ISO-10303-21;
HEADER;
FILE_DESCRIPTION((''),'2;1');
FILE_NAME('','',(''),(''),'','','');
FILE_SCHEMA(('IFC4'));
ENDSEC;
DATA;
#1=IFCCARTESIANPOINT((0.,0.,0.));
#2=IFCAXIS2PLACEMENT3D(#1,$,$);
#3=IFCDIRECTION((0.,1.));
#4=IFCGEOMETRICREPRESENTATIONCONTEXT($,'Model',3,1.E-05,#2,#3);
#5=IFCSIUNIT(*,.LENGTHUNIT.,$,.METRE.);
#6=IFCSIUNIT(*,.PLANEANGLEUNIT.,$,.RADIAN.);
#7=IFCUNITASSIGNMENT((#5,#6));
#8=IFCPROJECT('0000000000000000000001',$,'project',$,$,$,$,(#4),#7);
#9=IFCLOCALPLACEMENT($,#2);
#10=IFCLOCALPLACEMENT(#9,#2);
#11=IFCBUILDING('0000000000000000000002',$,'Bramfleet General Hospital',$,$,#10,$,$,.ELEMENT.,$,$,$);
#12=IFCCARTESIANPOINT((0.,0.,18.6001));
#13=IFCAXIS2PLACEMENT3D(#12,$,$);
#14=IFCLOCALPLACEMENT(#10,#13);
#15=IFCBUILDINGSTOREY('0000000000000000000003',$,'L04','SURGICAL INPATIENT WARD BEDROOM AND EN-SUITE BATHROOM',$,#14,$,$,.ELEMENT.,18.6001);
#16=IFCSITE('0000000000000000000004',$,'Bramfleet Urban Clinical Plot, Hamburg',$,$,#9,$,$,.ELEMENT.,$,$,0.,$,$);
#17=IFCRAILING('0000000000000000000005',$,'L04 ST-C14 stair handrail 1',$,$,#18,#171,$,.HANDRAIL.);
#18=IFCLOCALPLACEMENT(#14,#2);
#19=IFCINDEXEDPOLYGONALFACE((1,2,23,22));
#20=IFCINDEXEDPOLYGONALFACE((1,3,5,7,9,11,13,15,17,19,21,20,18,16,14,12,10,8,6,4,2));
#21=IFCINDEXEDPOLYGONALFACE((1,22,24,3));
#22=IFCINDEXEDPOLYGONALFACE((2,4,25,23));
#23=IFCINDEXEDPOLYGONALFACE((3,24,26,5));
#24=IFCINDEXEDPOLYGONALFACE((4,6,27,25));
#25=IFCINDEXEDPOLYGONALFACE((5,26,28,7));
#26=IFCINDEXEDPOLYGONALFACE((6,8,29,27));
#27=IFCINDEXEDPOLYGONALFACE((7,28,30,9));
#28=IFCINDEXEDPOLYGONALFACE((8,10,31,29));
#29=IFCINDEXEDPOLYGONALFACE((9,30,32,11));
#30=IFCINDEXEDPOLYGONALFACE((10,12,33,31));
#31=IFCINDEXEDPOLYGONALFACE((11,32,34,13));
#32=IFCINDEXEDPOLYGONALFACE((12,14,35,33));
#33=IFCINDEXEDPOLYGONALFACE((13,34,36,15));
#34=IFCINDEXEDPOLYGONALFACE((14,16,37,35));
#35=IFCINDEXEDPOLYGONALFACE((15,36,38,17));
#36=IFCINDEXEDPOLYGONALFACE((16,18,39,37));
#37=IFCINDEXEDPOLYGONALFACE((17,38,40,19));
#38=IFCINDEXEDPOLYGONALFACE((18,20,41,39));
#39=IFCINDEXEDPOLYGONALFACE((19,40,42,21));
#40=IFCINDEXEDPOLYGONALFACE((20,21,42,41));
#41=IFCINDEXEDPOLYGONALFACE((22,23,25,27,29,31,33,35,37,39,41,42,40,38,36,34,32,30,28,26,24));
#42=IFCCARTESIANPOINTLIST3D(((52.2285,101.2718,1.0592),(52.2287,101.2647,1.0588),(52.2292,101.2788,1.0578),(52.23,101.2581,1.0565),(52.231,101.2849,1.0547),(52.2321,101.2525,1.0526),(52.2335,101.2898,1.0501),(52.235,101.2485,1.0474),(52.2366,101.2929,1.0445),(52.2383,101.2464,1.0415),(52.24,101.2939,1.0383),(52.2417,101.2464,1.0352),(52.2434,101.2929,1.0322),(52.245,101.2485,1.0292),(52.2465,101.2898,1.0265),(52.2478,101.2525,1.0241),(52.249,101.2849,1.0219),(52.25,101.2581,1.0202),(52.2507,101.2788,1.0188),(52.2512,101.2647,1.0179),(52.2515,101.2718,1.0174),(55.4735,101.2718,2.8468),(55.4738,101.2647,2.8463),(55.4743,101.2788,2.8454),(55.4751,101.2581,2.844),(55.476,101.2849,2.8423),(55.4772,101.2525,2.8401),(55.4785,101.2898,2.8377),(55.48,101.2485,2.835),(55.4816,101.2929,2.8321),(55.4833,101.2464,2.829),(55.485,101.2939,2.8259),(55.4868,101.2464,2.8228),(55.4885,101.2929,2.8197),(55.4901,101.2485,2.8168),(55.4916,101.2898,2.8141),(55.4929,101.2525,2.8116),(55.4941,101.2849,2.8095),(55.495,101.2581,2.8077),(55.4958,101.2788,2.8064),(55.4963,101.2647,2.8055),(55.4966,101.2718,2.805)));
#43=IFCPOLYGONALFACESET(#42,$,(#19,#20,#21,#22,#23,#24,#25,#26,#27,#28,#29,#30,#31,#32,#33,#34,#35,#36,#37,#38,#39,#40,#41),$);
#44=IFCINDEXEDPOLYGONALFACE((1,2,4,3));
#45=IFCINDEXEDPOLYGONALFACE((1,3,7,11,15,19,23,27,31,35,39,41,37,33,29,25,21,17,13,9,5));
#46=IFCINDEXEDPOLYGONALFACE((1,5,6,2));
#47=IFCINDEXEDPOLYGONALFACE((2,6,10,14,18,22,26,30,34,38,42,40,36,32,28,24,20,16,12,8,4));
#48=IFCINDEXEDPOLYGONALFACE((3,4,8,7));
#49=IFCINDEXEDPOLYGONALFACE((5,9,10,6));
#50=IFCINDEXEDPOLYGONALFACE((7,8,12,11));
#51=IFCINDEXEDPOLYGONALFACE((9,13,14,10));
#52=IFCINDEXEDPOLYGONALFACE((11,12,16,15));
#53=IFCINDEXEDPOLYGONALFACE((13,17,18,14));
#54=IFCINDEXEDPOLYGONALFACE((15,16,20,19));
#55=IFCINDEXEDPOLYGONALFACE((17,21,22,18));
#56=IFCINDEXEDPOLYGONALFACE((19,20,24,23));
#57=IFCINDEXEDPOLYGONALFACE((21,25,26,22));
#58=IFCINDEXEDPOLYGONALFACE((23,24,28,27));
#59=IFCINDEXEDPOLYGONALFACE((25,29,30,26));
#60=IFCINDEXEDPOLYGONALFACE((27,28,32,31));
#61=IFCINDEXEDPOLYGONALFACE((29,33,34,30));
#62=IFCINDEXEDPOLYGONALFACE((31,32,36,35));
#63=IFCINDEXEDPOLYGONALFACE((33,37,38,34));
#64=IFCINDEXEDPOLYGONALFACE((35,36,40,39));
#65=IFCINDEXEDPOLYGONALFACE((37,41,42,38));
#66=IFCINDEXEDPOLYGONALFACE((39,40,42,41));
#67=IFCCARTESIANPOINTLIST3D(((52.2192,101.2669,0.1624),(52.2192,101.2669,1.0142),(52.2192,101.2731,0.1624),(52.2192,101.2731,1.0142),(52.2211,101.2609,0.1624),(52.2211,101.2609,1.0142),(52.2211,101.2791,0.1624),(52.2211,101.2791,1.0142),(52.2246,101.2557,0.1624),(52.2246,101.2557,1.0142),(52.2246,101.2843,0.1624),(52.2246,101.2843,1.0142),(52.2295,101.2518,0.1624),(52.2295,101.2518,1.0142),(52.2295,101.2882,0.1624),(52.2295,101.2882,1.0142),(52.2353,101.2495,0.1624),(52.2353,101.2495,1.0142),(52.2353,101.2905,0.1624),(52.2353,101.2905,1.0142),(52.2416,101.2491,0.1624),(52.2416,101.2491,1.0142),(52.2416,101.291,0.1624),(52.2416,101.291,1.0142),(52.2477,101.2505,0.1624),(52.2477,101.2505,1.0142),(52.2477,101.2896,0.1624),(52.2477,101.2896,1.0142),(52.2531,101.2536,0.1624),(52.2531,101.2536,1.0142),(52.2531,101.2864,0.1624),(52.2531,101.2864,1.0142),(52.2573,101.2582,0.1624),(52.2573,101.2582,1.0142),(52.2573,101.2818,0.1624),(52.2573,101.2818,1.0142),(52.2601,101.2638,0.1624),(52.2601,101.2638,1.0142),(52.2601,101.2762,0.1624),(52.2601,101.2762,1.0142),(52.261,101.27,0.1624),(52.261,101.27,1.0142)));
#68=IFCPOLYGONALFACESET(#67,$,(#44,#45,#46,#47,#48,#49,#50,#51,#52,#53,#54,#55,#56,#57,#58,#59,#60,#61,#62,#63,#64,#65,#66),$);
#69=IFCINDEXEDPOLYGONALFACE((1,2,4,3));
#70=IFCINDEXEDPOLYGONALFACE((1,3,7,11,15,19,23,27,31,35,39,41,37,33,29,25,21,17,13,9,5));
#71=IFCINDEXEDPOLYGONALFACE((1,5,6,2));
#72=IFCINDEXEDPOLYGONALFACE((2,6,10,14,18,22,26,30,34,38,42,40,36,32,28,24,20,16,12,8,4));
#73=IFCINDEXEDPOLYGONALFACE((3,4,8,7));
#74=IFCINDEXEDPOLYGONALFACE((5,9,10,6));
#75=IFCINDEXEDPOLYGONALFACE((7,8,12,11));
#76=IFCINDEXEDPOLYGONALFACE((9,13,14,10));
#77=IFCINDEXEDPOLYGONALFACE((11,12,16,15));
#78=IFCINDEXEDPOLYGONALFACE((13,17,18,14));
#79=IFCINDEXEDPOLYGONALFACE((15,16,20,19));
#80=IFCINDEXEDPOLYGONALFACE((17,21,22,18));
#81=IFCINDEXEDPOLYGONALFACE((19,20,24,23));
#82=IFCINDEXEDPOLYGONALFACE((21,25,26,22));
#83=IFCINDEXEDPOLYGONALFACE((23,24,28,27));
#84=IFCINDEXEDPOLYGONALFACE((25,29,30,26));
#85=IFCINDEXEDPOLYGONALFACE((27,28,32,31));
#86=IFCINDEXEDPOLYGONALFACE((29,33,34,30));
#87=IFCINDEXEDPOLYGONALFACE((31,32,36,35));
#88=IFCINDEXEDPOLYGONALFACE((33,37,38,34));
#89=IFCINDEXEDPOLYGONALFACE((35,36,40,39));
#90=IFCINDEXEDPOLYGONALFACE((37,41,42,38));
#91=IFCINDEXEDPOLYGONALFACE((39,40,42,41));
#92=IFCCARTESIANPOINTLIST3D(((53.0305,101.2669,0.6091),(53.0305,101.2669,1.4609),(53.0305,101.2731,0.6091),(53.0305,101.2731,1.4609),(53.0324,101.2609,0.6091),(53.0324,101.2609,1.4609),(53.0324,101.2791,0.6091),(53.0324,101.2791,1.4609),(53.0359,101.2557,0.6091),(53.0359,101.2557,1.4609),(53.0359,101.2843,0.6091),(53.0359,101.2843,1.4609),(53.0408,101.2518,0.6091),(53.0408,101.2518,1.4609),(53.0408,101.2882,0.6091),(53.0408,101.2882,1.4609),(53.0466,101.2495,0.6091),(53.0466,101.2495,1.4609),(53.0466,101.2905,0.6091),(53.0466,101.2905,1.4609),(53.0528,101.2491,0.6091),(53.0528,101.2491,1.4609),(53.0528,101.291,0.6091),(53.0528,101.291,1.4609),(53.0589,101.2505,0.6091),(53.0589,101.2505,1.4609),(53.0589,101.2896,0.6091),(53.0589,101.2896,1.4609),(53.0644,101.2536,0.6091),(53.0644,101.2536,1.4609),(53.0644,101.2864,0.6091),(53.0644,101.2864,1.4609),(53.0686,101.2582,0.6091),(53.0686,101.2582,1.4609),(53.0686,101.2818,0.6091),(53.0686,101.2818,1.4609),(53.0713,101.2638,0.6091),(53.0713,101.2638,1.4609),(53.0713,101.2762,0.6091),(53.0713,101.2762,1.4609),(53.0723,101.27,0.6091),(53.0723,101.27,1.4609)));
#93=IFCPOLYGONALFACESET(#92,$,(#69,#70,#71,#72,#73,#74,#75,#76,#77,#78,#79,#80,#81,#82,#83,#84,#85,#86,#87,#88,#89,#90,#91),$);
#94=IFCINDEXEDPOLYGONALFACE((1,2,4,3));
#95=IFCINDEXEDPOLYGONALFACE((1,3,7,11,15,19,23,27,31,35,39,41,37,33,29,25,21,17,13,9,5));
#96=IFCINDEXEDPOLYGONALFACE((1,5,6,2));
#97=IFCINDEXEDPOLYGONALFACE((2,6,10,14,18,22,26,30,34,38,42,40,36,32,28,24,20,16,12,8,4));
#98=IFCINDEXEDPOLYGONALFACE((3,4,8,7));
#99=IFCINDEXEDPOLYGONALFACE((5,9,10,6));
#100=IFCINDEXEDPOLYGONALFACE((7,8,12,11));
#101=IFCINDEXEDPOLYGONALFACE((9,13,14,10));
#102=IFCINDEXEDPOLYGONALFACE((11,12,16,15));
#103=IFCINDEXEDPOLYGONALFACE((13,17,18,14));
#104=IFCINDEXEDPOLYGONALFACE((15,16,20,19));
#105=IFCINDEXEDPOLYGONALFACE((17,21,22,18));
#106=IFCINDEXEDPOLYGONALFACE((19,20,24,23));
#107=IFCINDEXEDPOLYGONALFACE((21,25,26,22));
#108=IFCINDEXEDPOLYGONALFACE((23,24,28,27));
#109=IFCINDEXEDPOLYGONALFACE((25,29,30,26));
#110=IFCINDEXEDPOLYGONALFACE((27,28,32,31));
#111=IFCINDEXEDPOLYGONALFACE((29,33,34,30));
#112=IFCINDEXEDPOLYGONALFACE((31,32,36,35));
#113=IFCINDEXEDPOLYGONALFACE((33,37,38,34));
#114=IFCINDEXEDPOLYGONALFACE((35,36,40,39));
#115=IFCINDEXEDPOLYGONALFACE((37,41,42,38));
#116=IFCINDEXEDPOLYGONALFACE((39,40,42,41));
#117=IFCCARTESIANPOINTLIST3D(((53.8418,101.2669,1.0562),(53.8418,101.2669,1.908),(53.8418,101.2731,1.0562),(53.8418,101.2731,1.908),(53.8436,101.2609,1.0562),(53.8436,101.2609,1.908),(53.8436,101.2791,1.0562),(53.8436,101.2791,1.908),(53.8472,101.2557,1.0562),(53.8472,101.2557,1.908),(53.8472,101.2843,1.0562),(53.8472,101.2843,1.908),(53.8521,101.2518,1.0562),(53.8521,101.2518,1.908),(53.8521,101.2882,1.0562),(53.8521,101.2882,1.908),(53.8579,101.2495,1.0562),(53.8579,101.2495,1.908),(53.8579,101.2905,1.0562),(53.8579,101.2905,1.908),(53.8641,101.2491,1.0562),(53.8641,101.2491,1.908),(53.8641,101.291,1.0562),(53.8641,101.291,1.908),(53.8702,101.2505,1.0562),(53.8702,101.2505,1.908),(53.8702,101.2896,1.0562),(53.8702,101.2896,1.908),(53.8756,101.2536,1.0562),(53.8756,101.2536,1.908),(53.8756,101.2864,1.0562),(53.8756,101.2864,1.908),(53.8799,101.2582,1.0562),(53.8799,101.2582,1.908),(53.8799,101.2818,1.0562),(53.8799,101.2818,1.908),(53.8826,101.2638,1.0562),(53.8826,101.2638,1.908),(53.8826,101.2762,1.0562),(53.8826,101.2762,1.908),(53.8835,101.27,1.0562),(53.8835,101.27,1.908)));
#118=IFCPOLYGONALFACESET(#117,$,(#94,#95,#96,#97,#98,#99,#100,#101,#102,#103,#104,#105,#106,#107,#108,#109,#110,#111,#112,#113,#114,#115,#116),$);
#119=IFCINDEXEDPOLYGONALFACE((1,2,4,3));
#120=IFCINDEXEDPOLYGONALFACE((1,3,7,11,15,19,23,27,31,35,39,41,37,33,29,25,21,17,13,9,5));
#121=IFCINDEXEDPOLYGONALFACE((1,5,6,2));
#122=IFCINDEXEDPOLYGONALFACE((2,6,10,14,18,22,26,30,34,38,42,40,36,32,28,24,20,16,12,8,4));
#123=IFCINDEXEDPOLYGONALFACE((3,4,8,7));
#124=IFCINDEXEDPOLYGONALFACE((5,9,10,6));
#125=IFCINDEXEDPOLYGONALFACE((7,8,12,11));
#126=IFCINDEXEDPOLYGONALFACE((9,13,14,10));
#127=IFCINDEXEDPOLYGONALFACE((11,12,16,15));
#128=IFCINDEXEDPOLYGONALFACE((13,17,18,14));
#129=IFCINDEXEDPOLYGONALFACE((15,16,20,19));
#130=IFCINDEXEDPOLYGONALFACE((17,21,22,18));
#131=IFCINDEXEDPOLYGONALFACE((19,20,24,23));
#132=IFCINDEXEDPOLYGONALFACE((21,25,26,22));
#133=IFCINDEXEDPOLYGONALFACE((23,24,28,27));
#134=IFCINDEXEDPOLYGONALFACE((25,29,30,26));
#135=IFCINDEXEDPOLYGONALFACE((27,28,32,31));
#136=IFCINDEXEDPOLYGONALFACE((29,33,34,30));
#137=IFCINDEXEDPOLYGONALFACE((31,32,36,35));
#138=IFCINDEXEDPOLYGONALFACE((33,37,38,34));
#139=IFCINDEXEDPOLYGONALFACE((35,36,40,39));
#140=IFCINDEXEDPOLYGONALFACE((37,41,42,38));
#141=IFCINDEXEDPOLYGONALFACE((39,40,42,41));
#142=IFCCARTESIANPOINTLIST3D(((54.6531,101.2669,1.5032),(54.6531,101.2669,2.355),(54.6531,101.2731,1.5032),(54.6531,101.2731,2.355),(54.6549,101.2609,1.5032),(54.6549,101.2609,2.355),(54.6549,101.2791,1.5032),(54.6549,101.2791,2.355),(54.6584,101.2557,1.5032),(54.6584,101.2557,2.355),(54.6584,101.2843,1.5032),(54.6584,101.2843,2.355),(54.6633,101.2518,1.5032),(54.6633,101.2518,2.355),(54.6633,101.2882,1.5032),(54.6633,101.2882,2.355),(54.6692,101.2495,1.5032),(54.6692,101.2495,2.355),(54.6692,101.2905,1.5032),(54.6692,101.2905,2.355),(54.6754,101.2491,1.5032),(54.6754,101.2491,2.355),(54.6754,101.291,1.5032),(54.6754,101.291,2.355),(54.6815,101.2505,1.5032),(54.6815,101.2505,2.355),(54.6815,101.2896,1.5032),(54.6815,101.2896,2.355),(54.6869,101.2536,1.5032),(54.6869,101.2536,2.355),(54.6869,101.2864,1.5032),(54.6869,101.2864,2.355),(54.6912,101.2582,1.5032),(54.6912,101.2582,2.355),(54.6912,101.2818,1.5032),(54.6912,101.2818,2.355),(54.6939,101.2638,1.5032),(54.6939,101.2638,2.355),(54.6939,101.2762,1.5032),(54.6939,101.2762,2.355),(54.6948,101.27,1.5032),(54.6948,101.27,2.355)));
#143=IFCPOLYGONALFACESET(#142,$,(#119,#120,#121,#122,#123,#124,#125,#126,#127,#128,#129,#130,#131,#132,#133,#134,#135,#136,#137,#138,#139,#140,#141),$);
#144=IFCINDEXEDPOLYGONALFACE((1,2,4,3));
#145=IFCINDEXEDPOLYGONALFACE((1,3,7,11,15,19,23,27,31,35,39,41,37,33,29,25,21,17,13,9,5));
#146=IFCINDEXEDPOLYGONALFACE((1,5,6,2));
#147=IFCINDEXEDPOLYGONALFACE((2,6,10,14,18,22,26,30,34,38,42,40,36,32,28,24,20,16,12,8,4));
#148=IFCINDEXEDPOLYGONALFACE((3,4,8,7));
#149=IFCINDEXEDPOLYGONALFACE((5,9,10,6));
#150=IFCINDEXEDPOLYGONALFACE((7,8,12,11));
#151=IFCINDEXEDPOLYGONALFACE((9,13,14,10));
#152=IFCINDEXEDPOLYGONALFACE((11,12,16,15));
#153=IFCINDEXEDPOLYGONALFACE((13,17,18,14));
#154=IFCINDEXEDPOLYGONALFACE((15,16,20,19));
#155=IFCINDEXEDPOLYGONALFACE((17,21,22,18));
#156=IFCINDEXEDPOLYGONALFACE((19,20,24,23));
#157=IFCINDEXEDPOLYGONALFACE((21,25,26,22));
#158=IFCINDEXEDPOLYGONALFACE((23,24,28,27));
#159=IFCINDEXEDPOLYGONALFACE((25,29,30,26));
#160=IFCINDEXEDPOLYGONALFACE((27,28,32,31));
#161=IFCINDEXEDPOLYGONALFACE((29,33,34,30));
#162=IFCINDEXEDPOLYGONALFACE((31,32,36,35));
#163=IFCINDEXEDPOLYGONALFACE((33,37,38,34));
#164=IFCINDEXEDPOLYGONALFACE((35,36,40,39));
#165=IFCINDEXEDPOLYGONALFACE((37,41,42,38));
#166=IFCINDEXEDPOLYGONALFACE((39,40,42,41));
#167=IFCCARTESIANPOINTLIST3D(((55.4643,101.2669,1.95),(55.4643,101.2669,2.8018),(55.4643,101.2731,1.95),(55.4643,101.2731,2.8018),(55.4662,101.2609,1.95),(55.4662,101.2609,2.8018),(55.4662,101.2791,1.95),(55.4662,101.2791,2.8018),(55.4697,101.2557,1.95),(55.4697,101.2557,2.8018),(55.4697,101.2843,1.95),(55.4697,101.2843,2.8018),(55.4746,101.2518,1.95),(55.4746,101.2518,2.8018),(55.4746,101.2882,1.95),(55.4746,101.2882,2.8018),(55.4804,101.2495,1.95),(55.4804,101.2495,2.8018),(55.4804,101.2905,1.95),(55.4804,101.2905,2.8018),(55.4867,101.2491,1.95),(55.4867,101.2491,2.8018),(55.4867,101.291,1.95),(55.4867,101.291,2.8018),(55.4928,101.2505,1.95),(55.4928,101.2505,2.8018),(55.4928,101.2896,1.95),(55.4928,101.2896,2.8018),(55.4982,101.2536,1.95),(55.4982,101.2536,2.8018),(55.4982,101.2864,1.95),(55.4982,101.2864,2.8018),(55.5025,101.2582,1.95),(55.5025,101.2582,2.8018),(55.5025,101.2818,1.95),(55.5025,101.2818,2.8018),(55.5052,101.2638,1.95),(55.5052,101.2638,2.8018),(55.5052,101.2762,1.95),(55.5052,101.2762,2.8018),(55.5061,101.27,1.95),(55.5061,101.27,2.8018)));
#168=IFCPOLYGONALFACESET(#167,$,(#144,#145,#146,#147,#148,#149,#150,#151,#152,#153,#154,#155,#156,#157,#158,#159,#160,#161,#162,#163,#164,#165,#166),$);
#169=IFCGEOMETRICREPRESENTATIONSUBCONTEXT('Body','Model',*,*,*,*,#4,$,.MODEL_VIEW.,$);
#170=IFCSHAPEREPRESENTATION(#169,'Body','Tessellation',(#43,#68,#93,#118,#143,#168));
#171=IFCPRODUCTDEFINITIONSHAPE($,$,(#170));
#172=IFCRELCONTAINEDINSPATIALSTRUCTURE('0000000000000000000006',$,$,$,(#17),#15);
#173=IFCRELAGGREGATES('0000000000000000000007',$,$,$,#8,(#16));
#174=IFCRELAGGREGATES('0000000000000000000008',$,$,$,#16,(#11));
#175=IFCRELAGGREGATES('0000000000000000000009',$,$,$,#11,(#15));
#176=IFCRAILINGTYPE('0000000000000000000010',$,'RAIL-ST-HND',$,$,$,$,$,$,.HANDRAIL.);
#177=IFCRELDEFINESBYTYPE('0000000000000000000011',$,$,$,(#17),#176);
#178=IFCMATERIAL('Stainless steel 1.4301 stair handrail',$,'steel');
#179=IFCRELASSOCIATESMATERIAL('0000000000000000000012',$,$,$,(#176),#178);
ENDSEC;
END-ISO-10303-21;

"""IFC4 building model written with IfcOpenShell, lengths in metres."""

from ifc_helpers import new_model, si_unit, direction, frame, origin, origin_2d, place, context, subcontext, project, spatial, circle, extrude, material, type_object, element, save


model = new_model("IFC4")

# Units and contexts
model_context = context("Model", 3, precision=1e-05, world=origin(), true_north=direction((0.0, 1.0)))
body_context = subcontext(model_context, "Body", "Model", "MODEL_VIEW")
ifc_project = project(units=[si_unit("LENGTHUNIT", "METRE"), si_unit("PLANEANGLEUNIT", "RADIAN")], contexts=[model_context])

# Site, building, storey
site_placement = place(None, origin())
site = spatial("IfcSite", under=ifc_project, at=site_placement, Name="Bramfleet Urban Clinical Plot, Hamburg", CompositionType="ELEMENT", RefElevation=0.0)
building_placement = place(site_placement, origin())
building = spatial("IfcBuilding", under=site, at=building_placement, Name="Bramfleet General Hospital", CompositionType="ELEMENT")
storey_placement = place(building_placement, frame((0.0, 0.0, 18.6001)))
storey = spatial("IfcBuildingStorey", under=building, at=storey_placement, Name="L04", Description="SURGICAL INPATIENT WARD BEDROOM AND EN-SUITE BATHROOM", CompositionType="ELEMENT", Elevation=18.6001)

# Railing
ifc_material_1 = material(Name="Stainless steel 1.4301 stair handrail", Category="steel")
railing_type_1 = type_object("IfcRailingType", Name="RAIL-ST-HND", PredefinedType="HANDRAIL", material=ifc_material_1)
railing_1_placement = place(storey_placement, frame((52.24, 101.27, 0.1624)))
element("IfcRailing", 1, at=railing_1_placement, inside=storey, type_object=railing_type_1, Name="L04 ST-C14 stair handrail 1", PredefinedType="HANDRAIL", context=body_context, shape_type="SweptSolid", body=[
    extrude(circle(Radius=0.0239, at=origin_2d()), frame((0.0, 0.0, 0.876), z_axis=(0.875899, 0.0, 0.482495), x_axis=(0.0, 1.0, 0.0)), (0.0, 0.0, 1.0), 3.7048),
    extrude(circle(Radius=0.021, at=origin_2d()), origin(), (0.0, 0.0, 1.0), 0.8518),
    extrude(circle(Radius=0.021, at=origin_2d()), frame((0.8113, 0.0, 0.4468)), (0.0, 0.0, 1.0), 0.8518),
    extrude(circle(Radius=0.021, at=origin_2d()), frame((1.6226, 0.0, 0.8938)), (0.0, 0.0, 1.0), 0.8518),
    extrude(circle(Radius=0.021, at=origin_2d()), frame((2.4338, 0.0, 1.3408)), (0.0, 0.0, 1.0), 0.8518),
    extrude(circle(Radius=0.021, at=origin_2d()), frame((3.2451, 0.0, 1.7876)), (0.0, 0.0, 1.0), 0.8518),
])

save(model, "model.ifc")
